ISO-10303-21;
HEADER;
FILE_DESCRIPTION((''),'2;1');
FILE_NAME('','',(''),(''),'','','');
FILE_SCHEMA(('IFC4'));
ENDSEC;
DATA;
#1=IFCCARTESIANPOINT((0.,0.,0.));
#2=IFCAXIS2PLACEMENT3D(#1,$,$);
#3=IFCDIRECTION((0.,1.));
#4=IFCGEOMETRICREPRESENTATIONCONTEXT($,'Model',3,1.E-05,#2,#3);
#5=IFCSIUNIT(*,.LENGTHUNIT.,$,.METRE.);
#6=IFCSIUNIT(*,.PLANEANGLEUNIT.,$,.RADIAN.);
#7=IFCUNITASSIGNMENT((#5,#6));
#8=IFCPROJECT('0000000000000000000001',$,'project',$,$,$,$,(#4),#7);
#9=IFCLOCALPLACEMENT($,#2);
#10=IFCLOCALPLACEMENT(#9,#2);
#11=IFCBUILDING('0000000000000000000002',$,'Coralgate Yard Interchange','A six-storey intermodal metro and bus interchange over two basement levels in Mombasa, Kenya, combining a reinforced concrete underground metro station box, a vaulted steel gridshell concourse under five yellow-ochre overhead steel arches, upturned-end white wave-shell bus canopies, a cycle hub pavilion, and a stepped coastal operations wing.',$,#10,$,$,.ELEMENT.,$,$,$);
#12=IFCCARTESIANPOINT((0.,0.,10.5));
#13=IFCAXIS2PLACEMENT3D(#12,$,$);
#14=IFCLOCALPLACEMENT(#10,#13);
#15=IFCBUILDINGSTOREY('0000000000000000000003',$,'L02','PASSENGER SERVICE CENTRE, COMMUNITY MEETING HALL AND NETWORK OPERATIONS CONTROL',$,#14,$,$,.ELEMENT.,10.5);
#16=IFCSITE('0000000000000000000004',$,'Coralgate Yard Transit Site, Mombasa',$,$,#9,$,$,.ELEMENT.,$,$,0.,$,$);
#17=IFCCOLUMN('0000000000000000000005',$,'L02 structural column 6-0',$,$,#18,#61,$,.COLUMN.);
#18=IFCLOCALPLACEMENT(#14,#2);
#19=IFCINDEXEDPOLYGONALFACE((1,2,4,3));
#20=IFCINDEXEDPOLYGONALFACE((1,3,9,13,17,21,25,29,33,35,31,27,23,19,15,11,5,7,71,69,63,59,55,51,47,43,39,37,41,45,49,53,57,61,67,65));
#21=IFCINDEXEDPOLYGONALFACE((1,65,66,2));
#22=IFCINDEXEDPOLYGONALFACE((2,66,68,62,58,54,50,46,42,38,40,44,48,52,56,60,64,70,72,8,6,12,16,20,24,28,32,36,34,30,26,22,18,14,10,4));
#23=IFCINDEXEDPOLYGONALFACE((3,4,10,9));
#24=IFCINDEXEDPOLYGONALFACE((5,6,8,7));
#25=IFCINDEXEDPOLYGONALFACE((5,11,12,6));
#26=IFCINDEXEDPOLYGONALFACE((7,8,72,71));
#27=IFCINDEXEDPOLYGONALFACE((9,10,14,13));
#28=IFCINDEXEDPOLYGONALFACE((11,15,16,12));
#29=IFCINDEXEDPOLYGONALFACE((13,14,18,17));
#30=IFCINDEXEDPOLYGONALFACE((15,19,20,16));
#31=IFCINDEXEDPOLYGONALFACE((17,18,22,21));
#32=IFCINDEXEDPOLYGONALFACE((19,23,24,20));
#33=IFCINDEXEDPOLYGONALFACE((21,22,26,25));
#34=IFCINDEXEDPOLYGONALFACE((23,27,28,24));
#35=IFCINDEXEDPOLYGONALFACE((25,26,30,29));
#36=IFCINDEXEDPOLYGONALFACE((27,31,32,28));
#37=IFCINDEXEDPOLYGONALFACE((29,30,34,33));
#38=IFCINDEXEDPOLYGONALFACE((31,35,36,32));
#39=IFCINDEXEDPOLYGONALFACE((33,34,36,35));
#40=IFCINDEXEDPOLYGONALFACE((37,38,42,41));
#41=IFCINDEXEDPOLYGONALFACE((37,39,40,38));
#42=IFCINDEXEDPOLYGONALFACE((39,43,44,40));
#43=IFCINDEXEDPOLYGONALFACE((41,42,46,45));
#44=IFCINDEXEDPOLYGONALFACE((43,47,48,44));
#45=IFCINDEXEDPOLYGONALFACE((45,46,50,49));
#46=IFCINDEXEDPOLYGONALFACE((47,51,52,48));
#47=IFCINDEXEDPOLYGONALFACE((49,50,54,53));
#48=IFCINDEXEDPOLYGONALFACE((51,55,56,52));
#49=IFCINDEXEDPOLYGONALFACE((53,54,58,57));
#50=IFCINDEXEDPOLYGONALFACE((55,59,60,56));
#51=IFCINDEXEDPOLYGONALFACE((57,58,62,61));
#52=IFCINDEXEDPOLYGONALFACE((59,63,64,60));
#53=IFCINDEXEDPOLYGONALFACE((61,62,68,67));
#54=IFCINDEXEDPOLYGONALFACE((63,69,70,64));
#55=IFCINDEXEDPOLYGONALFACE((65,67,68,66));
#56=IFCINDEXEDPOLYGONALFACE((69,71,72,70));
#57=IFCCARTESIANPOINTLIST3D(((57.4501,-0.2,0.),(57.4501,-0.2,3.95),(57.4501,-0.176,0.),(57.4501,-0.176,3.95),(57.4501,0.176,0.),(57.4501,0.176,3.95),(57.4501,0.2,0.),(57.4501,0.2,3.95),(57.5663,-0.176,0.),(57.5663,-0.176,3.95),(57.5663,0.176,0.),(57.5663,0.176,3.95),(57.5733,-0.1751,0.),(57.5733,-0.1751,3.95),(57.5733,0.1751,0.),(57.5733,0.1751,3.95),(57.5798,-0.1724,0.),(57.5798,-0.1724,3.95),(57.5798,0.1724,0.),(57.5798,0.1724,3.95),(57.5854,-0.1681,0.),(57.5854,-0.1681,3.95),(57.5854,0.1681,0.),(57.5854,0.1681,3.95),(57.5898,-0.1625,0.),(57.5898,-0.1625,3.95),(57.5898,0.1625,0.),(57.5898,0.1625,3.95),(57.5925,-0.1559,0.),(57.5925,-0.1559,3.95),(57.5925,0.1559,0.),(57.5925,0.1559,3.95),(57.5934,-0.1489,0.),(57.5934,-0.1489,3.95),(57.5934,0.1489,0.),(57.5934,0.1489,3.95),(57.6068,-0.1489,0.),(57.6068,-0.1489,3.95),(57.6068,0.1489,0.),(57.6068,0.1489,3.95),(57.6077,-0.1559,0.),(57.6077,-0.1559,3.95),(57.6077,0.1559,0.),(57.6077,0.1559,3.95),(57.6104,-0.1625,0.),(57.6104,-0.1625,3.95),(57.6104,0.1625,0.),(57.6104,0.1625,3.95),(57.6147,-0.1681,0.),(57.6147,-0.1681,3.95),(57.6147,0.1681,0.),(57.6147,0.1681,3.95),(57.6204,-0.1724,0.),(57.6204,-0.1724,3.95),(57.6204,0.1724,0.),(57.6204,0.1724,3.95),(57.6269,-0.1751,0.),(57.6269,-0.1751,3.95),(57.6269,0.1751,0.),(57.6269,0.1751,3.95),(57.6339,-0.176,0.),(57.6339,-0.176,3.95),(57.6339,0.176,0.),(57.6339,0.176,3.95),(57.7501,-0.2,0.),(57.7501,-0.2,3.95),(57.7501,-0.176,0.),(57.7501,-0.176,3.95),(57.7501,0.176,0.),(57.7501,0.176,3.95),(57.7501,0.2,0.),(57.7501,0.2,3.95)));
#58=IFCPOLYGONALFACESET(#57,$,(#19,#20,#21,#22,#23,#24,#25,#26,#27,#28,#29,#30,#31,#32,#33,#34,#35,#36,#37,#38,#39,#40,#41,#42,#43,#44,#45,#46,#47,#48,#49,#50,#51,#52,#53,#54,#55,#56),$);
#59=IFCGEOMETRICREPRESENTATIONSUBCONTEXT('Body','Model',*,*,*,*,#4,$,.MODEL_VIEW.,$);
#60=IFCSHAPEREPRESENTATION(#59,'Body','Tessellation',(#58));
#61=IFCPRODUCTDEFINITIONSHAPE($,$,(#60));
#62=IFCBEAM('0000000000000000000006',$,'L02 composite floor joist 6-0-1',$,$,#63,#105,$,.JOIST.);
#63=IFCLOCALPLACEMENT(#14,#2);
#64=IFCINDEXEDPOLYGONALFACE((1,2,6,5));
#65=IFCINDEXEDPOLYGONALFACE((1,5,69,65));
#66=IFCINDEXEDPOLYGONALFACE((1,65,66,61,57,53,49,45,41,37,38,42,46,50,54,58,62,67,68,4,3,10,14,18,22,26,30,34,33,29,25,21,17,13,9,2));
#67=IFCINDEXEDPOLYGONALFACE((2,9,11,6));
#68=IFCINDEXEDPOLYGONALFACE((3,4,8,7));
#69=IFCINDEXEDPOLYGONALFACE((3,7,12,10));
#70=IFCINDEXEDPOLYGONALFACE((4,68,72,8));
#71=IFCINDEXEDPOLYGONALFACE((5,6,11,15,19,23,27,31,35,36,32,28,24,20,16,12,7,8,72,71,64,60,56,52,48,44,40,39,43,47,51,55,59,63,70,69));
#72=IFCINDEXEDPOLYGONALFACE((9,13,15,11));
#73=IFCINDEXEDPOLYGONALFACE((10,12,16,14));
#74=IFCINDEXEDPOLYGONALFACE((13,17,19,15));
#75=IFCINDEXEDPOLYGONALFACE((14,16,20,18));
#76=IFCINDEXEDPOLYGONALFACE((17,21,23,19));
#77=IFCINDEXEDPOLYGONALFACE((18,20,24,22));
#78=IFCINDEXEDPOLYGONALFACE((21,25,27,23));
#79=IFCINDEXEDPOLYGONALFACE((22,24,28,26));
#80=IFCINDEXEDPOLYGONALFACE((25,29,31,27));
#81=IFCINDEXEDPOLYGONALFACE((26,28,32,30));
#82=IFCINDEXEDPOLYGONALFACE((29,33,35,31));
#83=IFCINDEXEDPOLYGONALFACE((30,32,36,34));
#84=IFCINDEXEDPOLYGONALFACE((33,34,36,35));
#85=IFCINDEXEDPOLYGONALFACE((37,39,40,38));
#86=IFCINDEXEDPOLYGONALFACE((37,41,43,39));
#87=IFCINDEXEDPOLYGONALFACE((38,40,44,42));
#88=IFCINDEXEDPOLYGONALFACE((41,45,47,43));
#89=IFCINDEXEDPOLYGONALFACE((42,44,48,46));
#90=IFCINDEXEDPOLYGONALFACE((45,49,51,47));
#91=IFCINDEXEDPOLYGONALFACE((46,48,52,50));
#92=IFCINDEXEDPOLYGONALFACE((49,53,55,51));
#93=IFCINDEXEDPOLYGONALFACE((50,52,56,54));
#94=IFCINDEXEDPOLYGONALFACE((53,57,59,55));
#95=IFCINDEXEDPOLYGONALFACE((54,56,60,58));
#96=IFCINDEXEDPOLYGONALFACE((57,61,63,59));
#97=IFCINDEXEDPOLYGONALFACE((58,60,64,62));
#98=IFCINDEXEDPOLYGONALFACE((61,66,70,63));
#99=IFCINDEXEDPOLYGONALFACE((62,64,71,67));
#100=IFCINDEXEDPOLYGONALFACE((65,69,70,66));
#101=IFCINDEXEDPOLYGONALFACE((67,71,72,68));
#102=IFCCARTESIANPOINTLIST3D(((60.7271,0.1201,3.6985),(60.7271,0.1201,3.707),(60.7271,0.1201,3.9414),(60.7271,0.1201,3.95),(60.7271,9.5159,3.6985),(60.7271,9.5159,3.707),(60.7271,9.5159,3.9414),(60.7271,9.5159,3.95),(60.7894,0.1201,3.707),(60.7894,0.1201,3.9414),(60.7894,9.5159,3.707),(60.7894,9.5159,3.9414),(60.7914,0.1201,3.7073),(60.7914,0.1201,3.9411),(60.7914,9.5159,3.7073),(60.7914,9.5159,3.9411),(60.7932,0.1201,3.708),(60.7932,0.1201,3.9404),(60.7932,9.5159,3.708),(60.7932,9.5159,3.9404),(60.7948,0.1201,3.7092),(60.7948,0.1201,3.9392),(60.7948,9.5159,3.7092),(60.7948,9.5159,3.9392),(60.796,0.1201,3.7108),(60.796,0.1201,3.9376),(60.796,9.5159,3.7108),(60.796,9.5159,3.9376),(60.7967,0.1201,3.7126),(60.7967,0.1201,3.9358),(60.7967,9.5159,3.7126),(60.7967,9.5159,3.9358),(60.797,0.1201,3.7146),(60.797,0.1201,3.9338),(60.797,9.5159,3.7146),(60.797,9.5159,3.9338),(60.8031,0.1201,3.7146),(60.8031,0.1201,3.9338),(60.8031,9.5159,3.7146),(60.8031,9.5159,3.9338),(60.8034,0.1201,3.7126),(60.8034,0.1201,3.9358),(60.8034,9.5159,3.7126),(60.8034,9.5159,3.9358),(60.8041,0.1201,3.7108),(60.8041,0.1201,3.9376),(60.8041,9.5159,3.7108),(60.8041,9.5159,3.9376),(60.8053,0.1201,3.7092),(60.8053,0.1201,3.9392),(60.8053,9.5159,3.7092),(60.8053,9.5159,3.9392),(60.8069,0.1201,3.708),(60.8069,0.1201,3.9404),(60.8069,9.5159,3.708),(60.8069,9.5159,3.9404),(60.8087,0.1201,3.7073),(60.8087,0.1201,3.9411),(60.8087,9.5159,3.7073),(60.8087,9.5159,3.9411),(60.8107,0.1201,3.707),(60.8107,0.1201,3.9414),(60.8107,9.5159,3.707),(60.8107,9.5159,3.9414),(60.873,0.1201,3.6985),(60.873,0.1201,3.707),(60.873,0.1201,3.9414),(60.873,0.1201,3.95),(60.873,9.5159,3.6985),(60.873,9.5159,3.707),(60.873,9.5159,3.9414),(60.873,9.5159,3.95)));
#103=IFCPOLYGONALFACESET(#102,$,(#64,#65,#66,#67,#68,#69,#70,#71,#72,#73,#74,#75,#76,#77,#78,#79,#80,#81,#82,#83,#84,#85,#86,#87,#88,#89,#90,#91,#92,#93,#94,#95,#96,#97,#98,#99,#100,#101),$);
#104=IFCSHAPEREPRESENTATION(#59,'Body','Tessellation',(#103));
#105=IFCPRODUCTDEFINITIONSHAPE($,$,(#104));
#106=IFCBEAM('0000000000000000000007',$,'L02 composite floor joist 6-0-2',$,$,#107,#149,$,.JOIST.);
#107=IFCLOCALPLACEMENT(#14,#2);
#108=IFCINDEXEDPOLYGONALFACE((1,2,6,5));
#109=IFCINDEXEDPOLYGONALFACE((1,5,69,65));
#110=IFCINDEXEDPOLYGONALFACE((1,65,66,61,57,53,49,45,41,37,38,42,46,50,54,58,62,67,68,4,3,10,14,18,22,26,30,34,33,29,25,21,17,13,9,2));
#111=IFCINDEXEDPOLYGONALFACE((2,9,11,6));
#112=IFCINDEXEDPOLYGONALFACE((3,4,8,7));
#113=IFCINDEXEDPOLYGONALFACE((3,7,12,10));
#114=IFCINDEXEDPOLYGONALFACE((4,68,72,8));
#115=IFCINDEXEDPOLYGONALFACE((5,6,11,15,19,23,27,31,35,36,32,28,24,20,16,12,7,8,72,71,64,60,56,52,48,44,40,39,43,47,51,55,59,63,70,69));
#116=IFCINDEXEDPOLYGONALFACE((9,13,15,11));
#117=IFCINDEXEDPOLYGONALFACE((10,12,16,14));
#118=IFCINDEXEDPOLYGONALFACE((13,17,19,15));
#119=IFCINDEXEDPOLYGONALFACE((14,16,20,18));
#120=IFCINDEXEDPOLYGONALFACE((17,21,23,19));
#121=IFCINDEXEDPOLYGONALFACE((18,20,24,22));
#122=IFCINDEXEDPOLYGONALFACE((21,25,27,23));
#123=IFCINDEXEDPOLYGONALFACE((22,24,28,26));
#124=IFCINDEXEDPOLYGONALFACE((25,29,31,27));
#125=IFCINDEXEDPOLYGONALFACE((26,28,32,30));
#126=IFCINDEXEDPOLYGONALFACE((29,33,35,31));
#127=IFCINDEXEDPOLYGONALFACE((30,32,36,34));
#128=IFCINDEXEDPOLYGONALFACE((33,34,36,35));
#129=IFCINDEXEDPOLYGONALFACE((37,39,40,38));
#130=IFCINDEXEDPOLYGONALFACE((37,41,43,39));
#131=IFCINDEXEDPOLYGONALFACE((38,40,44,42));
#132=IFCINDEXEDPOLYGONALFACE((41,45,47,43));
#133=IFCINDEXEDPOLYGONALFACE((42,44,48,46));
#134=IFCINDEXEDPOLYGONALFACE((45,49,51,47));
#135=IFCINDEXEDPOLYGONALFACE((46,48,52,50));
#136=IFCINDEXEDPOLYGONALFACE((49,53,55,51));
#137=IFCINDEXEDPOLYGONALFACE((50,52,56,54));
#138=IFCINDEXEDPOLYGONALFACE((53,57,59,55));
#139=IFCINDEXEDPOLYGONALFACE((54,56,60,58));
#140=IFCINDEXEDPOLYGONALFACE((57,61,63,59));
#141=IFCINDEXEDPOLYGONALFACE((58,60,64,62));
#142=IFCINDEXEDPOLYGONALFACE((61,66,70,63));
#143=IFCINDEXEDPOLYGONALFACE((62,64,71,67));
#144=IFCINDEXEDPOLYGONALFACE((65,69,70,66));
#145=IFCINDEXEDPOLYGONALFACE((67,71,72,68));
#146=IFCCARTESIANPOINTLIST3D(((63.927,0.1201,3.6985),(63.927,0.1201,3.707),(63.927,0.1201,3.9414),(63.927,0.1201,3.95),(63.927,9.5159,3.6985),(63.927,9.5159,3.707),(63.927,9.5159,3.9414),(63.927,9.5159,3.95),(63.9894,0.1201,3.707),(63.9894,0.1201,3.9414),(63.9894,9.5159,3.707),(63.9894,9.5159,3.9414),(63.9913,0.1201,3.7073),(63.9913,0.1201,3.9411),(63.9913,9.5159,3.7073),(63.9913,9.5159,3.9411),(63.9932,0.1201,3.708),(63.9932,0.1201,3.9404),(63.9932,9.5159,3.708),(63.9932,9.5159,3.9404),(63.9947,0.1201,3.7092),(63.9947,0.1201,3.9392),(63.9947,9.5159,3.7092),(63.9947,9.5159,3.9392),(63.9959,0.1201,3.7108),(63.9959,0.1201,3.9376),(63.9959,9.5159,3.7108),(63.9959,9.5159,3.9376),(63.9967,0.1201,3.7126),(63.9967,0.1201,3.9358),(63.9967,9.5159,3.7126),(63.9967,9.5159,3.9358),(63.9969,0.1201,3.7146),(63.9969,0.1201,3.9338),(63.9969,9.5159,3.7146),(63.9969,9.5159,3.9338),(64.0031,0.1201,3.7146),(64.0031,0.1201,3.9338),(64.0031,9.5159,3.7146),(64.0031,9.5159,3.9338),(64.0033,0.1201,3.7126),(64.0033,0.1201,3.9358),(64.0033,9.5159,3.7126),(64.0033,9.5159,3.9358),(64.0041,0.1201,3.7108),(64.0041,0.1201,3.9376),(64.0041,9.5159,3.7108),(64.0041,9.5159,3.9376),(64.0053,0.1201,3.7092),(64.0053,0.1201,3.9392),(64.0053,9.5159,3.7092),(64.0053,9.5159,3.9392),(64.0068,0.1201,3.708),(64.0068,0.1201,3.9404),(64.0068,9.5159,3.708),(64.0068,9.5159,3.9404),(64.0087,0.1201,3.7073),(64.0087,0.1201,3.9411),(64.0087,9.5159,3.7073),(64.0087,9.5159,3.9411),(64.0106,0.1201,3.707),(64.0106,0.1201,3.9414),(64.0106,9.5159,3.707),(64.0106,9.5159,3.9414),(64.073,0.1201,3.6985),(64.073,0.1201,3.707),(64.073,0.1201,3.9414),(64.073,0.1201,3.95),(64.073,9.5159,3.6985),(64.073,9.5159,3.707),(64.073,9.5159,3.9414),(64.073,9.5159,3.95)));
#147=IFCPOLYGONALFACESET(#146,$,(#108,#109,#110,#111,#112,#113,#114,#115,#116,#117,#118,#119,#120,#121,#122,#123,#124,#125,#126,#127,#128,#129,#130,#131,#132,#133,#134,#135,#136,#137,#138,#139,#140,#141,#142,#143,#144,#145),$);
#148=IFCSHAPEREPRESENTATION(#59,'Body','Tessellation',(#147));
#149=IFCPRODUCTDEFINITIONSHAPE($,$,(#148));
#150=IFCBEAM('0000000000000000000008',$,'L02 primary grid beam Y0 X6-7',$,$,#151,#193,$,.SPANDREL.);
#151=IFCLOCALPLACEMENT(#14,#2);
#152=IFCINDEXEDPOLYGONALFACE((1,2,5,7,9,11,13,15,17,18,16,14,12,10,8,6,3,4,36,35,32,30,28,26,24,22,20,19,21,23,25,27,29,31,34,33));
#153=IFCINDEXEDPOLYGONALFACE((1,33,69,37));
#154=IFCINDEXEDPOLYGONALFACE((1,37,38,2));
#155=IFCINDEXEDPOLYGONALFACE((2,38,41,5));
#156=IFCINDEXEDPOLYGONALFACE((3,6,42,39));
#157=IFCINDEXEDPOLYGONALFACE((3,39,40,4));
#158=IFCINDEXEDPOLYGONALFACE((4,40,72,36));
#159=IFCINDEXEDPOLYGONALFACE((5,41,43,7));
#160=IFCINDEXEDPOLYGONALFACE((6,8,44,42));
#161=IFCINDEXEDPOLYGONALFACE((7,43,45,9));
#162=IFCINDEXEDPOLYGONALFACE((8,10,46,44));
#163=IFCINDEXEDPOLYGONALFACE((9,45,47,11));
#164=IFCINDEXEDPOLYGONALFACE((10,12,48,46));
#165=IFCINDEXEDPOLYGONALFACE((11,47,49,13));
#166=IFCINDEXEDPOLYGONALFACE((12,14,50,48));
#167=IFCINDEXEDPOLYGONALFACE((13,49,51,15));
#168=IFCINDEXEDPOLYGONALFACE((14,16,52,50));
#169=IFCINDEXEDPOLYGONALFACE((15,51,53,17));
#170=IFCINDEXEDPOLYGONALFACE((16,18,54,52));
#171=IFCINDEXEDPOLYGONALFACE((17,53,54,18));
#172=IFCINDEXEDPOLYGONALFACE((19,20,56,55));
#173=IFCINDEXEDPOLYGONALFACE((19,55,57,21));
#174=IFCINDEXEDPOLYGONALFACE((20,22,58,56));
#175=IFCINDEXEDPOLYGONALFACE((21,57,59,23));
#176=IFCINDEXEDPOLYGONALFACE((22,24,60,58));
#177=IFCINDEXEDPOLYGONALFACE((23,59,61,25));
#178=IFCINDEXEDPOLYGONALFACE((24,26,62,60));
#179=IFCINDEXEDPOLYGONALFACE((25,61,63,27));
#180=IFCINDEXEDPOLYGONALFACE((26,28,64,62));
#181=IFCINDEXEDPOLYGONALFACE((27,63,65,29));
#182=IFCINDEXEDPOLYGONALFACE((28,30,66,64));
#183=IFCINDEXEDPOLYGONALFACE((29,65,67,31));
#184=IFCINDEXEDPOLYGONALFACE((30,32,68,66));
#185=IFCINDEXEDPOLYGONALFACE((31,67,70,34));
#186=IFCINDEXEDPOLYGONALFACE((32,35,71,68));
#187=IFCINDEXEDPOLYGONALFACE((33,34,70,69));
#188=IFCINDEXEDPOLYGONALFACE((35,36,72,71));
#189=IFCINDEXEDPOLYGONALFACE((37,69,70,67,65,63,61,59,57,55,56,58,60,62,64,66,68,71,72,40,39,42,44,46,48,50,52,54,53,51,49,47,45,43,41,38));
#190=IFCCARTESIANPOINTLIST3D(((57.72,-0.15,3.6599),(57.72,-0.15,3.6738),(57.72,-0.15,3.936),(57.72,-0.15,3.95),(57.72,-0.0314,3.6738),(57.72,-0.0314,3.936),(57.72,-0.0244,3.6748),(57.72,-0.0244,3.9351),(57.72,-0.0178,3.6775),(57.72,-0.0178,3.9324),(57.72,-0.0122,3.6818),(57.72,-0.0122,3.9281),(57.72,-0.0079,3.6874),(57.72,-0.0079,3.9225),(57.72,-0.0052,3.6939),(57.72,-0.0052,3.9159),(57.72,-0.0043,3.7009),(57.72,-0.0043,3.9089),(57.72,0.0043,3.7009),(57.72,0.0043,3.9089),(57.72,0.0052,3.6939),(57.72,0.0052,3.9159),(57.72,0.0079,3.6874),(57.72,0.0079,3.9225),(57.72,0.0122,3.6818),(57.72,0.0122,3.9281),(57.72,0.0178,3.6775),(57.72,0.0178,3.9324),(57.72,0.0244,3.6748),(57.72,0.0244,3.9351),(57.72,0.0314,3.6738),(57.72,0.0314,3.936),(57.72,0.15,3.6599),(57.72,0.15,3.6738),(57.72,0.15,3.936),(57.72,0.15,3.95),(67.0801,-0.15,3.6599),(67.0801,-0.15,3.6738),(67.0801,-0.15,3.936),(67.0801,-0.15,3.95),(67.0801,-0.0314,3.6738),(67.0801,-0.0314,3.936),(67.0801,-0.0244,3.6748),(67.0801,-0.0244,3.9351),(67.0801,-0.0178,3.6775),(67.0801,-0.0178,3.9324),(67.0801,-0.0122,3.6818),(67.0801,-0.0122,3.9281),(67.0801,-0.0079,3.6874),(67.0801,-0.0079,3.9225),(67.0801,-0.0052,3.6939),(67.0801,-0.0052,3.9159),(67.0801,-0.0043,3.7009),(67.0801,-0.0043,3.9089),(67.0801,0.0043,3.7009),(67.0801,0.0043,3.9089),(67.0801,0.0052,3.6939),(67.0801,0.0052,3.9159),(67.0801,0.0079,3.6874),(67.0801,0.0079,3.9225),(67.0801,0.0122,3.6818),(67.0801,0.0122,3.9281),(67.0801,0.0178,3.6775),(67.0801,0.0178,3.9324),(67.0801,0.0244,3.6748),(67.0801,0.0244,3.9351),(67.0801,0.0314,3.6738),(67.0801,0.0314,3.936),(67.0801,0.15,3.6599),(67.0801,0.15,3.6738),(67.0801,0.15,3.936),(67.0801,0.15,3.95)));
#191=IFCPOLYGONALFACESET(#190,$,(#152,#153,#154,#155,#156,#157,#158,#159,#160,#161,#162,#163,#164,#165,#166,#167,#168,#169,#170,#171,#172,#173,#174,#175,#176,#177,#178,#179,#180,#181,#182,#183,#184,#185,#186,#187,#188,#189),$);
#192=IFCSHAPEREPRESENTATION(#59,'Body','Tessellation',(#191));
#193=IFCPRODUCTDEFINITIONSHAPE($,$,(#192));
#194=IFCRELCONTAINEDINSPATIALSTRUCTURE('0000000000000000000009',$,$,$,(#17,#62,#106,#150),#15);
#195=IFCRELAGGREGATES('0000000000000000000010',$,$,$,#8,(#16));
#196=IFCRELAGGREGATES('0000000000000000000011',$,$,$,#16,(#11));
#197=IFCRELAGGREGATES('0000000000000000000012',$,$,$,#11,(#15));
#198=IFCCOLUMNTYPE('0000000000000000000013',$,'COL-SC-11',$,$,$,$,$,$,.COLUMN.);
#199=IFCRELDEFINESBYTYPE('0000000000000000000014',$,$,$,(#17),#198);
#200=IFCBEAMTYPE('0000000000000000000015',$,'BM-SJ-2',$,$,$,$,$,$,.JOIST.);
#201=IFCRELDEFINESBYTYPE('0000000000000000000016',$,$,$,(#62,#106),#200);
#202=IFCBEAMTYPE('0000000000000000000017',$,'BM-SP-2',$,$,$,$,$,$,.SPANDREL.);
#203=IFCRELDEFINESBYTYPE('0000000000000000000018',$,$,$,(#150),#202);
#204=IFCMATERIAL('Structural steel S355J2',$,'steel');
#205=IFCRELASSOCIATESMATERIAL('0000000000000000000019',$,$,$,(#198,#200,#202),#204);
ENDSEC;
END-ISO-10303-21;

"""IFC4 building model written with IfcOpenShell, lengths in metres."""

from ifc_helpers import new_model, si_unit, direction, frame, origin, origin_2d, place, context, subcontext, project, spatial, i_section, extrude, material, material_profile, profile_set, type_object, element, save


model = new_model("IFC4")

# Units and contexts
model_context = context("Model", 3, precision=1e-05, world=origin(), true_north=direction((0.0, 1.0)))
body_context = subcontext(model_context, "Body", "Model", "MODEL_VIEW")
ifc_project = project(units=[si_unit("LENGTHUNIT", "METRE"), si_unit("PLANEANGLEUNIT", "RADIAN")], contexts=[model_context])

# Site, building, storey
site_placement = place(None, origin())
site = spatial("IfcSite", under=ifc_project, at=site_placement, Name="Coralgate Yard Transit Site, Mombasa", CompositionType="ELEMENT", RefElevation=0.0)
building_placement = place(site_placement, origin())
building = spatial("IfcBuilding", under=site, at=building_placement, Name="Coralgate Yard Interchange", Description="A six-storey intermodal metro and bus interchange over two basement levels in Mombasa, Kenya, combining a reinforced concrete underground metro station box, a vaulted steel gridshell concourse under five yellow-ochre overhead steel arches, upturned-end white wave-shell bus canopies, a cycle hub pavilion, and a stepped coastal operations wing.", CompositionType="ELEMENT")
storey_placement = place(building_placement, frame((0.0, 0.0, 10.5)))
storey = spatial("IfcBuildingStorey", under=building, at=storey_placement, Name="L02", Description="PASSENGER SERVICE CENTRE, COMMUNITY MEETING HALL AND NETWORK OPERATIONS CONTROL", CompositionType="ELEMENT", Elevation=10.5)

# Column
ifc_material_1 = material(Name="Structural steel S355J2", Category="steel")
ifc_material_profile_1 = material_profile(ifc_material_1, i_section(OverallWidth=0.3, OverallDepth=0.3999, WebThickness=0.0134, FlangeThickness=0.0239, FilletRadius=0.0271, at=origin_2d()), Name="HEB 400")
ifc_profile_set_1 = profile_set([ifc_material_profile_1], Name="Structural steel S355J2")
column_type = type_object("IfcColumnType", Name="COL-SC-11", PredefinedType="COLUMN", material=ifc_profile_set_1)
column_placement = place(storey_placement, frame((57.6001, 0.0, 0.0), z_axis=(0.0, 0.0, 1.0), x_axis=(1.0, 0.0, 0.0)))
element("IfcColumn", 1, at=column_placement, inside=storey, type_object=column_type, Name="L02 structural column 6-0", PredefinedType="COLUMN", context=body_context, shape_type="SweptSolid", body=[
    extrude(i_section(OverallWidth=0.3, OverallDepth=0.3999, WebThickness=0.0134, FlangeThickness=0.0239, FilletRadius=0.0271, at=origin_2d()), origin(), (0.0, 0.0, 1.0), 3.95),
])

# Beams
ifc_material_profile_2 = material_profile(ifc_material_1, i_section(OverallWidth=0.146, OverallDepth=0.2515, WebThickness=0.0061, FlangeThickness=0.0085, FilletRadius=0.0076, at=origin_2d()), Name="UB 254x146x31")
ifc_profile_set_2 = profile_set([ifc_material_profile_2], Name="Structural steel S355J2")
beam_type_1 = type_object("IfcBeamType", Name="BM-SJ-2", PredefinedType="JOIST", material=ifc_profile_set_2)
for number, where, z_axis, x_axis, name in (
    (2, (60.8, 0.1201, 3.8242), (0.0, 1.0, 0.0), (-1.0, 0.0, 0.0), "L02 composite floor joist 6-0-1"),
    (3, (64.0, 0.1201, 3.8242), (0.0, 1.0, 0.0), (-1.0, 0.0, 0.0), "L02 composite floor joist 6-0-2"),
):
    element("IfcBeam", number, at=place(storey_placement, frame(where, z_axis=z_axis, x_axis=x_axis)), inside=storey, type_object=beam_type_1, Name=name, PredefinedType="JOIST", context=body_context, shape_type="SweptSolid", body=[
        extrude(i_section(OverallWidth=0.146, OverallDepth=0.2515, WebThickness=0.0061, FlangeThickness=0.0085, FilletRadius=0.0076, at=origin_2d()), origin(), (0.0, 0.0, 1.0), 9.3958),
    ])
ifc_material_profile_3 = material_profile(ifc_material_1, i_section(OverallWidth=0.3, OverallDepth=0.29, WebThickness=0.0085, FlangeThickness=0.0139, FilletRadius=0.0271, at=origin_2d()), Name="HEA 300")
ifc_profile_set_3 = profile_set([ifc_material_profile_3], Name="Structural steel S355J2")
beam_type_2 = type_object("IfcBeamType", Name="BM-SP-2", PredefinedType="SPANDREL", material=ifc_profile_set_3)
beam_placement = place(storey_placement, frame((57.72, 0.0, 3.8049), z_axis=(1.0, 0.0, 0.0), x_axis=(0.0, 1.0, 0.0)))
element("IfcBeam", 4, at=beam_placement, inside=storey, type_object=beam_type_2, Name="L02 primary grid beam Y0 X6-7", PredefinedType="SPANDREL", context=body_context, shape_type="SweptSolid", body=[
    extrude(i_section(OverallWidth=0.3, OverallDepth=0.29, WebThickness=0.0085, FlangeThickness=0.0139, FilletRadius=0.0271, at=origin_2d()), origin(), (0.0, 0.0, 1.0), 9.3601),
])

save(model, "model.ifc")
